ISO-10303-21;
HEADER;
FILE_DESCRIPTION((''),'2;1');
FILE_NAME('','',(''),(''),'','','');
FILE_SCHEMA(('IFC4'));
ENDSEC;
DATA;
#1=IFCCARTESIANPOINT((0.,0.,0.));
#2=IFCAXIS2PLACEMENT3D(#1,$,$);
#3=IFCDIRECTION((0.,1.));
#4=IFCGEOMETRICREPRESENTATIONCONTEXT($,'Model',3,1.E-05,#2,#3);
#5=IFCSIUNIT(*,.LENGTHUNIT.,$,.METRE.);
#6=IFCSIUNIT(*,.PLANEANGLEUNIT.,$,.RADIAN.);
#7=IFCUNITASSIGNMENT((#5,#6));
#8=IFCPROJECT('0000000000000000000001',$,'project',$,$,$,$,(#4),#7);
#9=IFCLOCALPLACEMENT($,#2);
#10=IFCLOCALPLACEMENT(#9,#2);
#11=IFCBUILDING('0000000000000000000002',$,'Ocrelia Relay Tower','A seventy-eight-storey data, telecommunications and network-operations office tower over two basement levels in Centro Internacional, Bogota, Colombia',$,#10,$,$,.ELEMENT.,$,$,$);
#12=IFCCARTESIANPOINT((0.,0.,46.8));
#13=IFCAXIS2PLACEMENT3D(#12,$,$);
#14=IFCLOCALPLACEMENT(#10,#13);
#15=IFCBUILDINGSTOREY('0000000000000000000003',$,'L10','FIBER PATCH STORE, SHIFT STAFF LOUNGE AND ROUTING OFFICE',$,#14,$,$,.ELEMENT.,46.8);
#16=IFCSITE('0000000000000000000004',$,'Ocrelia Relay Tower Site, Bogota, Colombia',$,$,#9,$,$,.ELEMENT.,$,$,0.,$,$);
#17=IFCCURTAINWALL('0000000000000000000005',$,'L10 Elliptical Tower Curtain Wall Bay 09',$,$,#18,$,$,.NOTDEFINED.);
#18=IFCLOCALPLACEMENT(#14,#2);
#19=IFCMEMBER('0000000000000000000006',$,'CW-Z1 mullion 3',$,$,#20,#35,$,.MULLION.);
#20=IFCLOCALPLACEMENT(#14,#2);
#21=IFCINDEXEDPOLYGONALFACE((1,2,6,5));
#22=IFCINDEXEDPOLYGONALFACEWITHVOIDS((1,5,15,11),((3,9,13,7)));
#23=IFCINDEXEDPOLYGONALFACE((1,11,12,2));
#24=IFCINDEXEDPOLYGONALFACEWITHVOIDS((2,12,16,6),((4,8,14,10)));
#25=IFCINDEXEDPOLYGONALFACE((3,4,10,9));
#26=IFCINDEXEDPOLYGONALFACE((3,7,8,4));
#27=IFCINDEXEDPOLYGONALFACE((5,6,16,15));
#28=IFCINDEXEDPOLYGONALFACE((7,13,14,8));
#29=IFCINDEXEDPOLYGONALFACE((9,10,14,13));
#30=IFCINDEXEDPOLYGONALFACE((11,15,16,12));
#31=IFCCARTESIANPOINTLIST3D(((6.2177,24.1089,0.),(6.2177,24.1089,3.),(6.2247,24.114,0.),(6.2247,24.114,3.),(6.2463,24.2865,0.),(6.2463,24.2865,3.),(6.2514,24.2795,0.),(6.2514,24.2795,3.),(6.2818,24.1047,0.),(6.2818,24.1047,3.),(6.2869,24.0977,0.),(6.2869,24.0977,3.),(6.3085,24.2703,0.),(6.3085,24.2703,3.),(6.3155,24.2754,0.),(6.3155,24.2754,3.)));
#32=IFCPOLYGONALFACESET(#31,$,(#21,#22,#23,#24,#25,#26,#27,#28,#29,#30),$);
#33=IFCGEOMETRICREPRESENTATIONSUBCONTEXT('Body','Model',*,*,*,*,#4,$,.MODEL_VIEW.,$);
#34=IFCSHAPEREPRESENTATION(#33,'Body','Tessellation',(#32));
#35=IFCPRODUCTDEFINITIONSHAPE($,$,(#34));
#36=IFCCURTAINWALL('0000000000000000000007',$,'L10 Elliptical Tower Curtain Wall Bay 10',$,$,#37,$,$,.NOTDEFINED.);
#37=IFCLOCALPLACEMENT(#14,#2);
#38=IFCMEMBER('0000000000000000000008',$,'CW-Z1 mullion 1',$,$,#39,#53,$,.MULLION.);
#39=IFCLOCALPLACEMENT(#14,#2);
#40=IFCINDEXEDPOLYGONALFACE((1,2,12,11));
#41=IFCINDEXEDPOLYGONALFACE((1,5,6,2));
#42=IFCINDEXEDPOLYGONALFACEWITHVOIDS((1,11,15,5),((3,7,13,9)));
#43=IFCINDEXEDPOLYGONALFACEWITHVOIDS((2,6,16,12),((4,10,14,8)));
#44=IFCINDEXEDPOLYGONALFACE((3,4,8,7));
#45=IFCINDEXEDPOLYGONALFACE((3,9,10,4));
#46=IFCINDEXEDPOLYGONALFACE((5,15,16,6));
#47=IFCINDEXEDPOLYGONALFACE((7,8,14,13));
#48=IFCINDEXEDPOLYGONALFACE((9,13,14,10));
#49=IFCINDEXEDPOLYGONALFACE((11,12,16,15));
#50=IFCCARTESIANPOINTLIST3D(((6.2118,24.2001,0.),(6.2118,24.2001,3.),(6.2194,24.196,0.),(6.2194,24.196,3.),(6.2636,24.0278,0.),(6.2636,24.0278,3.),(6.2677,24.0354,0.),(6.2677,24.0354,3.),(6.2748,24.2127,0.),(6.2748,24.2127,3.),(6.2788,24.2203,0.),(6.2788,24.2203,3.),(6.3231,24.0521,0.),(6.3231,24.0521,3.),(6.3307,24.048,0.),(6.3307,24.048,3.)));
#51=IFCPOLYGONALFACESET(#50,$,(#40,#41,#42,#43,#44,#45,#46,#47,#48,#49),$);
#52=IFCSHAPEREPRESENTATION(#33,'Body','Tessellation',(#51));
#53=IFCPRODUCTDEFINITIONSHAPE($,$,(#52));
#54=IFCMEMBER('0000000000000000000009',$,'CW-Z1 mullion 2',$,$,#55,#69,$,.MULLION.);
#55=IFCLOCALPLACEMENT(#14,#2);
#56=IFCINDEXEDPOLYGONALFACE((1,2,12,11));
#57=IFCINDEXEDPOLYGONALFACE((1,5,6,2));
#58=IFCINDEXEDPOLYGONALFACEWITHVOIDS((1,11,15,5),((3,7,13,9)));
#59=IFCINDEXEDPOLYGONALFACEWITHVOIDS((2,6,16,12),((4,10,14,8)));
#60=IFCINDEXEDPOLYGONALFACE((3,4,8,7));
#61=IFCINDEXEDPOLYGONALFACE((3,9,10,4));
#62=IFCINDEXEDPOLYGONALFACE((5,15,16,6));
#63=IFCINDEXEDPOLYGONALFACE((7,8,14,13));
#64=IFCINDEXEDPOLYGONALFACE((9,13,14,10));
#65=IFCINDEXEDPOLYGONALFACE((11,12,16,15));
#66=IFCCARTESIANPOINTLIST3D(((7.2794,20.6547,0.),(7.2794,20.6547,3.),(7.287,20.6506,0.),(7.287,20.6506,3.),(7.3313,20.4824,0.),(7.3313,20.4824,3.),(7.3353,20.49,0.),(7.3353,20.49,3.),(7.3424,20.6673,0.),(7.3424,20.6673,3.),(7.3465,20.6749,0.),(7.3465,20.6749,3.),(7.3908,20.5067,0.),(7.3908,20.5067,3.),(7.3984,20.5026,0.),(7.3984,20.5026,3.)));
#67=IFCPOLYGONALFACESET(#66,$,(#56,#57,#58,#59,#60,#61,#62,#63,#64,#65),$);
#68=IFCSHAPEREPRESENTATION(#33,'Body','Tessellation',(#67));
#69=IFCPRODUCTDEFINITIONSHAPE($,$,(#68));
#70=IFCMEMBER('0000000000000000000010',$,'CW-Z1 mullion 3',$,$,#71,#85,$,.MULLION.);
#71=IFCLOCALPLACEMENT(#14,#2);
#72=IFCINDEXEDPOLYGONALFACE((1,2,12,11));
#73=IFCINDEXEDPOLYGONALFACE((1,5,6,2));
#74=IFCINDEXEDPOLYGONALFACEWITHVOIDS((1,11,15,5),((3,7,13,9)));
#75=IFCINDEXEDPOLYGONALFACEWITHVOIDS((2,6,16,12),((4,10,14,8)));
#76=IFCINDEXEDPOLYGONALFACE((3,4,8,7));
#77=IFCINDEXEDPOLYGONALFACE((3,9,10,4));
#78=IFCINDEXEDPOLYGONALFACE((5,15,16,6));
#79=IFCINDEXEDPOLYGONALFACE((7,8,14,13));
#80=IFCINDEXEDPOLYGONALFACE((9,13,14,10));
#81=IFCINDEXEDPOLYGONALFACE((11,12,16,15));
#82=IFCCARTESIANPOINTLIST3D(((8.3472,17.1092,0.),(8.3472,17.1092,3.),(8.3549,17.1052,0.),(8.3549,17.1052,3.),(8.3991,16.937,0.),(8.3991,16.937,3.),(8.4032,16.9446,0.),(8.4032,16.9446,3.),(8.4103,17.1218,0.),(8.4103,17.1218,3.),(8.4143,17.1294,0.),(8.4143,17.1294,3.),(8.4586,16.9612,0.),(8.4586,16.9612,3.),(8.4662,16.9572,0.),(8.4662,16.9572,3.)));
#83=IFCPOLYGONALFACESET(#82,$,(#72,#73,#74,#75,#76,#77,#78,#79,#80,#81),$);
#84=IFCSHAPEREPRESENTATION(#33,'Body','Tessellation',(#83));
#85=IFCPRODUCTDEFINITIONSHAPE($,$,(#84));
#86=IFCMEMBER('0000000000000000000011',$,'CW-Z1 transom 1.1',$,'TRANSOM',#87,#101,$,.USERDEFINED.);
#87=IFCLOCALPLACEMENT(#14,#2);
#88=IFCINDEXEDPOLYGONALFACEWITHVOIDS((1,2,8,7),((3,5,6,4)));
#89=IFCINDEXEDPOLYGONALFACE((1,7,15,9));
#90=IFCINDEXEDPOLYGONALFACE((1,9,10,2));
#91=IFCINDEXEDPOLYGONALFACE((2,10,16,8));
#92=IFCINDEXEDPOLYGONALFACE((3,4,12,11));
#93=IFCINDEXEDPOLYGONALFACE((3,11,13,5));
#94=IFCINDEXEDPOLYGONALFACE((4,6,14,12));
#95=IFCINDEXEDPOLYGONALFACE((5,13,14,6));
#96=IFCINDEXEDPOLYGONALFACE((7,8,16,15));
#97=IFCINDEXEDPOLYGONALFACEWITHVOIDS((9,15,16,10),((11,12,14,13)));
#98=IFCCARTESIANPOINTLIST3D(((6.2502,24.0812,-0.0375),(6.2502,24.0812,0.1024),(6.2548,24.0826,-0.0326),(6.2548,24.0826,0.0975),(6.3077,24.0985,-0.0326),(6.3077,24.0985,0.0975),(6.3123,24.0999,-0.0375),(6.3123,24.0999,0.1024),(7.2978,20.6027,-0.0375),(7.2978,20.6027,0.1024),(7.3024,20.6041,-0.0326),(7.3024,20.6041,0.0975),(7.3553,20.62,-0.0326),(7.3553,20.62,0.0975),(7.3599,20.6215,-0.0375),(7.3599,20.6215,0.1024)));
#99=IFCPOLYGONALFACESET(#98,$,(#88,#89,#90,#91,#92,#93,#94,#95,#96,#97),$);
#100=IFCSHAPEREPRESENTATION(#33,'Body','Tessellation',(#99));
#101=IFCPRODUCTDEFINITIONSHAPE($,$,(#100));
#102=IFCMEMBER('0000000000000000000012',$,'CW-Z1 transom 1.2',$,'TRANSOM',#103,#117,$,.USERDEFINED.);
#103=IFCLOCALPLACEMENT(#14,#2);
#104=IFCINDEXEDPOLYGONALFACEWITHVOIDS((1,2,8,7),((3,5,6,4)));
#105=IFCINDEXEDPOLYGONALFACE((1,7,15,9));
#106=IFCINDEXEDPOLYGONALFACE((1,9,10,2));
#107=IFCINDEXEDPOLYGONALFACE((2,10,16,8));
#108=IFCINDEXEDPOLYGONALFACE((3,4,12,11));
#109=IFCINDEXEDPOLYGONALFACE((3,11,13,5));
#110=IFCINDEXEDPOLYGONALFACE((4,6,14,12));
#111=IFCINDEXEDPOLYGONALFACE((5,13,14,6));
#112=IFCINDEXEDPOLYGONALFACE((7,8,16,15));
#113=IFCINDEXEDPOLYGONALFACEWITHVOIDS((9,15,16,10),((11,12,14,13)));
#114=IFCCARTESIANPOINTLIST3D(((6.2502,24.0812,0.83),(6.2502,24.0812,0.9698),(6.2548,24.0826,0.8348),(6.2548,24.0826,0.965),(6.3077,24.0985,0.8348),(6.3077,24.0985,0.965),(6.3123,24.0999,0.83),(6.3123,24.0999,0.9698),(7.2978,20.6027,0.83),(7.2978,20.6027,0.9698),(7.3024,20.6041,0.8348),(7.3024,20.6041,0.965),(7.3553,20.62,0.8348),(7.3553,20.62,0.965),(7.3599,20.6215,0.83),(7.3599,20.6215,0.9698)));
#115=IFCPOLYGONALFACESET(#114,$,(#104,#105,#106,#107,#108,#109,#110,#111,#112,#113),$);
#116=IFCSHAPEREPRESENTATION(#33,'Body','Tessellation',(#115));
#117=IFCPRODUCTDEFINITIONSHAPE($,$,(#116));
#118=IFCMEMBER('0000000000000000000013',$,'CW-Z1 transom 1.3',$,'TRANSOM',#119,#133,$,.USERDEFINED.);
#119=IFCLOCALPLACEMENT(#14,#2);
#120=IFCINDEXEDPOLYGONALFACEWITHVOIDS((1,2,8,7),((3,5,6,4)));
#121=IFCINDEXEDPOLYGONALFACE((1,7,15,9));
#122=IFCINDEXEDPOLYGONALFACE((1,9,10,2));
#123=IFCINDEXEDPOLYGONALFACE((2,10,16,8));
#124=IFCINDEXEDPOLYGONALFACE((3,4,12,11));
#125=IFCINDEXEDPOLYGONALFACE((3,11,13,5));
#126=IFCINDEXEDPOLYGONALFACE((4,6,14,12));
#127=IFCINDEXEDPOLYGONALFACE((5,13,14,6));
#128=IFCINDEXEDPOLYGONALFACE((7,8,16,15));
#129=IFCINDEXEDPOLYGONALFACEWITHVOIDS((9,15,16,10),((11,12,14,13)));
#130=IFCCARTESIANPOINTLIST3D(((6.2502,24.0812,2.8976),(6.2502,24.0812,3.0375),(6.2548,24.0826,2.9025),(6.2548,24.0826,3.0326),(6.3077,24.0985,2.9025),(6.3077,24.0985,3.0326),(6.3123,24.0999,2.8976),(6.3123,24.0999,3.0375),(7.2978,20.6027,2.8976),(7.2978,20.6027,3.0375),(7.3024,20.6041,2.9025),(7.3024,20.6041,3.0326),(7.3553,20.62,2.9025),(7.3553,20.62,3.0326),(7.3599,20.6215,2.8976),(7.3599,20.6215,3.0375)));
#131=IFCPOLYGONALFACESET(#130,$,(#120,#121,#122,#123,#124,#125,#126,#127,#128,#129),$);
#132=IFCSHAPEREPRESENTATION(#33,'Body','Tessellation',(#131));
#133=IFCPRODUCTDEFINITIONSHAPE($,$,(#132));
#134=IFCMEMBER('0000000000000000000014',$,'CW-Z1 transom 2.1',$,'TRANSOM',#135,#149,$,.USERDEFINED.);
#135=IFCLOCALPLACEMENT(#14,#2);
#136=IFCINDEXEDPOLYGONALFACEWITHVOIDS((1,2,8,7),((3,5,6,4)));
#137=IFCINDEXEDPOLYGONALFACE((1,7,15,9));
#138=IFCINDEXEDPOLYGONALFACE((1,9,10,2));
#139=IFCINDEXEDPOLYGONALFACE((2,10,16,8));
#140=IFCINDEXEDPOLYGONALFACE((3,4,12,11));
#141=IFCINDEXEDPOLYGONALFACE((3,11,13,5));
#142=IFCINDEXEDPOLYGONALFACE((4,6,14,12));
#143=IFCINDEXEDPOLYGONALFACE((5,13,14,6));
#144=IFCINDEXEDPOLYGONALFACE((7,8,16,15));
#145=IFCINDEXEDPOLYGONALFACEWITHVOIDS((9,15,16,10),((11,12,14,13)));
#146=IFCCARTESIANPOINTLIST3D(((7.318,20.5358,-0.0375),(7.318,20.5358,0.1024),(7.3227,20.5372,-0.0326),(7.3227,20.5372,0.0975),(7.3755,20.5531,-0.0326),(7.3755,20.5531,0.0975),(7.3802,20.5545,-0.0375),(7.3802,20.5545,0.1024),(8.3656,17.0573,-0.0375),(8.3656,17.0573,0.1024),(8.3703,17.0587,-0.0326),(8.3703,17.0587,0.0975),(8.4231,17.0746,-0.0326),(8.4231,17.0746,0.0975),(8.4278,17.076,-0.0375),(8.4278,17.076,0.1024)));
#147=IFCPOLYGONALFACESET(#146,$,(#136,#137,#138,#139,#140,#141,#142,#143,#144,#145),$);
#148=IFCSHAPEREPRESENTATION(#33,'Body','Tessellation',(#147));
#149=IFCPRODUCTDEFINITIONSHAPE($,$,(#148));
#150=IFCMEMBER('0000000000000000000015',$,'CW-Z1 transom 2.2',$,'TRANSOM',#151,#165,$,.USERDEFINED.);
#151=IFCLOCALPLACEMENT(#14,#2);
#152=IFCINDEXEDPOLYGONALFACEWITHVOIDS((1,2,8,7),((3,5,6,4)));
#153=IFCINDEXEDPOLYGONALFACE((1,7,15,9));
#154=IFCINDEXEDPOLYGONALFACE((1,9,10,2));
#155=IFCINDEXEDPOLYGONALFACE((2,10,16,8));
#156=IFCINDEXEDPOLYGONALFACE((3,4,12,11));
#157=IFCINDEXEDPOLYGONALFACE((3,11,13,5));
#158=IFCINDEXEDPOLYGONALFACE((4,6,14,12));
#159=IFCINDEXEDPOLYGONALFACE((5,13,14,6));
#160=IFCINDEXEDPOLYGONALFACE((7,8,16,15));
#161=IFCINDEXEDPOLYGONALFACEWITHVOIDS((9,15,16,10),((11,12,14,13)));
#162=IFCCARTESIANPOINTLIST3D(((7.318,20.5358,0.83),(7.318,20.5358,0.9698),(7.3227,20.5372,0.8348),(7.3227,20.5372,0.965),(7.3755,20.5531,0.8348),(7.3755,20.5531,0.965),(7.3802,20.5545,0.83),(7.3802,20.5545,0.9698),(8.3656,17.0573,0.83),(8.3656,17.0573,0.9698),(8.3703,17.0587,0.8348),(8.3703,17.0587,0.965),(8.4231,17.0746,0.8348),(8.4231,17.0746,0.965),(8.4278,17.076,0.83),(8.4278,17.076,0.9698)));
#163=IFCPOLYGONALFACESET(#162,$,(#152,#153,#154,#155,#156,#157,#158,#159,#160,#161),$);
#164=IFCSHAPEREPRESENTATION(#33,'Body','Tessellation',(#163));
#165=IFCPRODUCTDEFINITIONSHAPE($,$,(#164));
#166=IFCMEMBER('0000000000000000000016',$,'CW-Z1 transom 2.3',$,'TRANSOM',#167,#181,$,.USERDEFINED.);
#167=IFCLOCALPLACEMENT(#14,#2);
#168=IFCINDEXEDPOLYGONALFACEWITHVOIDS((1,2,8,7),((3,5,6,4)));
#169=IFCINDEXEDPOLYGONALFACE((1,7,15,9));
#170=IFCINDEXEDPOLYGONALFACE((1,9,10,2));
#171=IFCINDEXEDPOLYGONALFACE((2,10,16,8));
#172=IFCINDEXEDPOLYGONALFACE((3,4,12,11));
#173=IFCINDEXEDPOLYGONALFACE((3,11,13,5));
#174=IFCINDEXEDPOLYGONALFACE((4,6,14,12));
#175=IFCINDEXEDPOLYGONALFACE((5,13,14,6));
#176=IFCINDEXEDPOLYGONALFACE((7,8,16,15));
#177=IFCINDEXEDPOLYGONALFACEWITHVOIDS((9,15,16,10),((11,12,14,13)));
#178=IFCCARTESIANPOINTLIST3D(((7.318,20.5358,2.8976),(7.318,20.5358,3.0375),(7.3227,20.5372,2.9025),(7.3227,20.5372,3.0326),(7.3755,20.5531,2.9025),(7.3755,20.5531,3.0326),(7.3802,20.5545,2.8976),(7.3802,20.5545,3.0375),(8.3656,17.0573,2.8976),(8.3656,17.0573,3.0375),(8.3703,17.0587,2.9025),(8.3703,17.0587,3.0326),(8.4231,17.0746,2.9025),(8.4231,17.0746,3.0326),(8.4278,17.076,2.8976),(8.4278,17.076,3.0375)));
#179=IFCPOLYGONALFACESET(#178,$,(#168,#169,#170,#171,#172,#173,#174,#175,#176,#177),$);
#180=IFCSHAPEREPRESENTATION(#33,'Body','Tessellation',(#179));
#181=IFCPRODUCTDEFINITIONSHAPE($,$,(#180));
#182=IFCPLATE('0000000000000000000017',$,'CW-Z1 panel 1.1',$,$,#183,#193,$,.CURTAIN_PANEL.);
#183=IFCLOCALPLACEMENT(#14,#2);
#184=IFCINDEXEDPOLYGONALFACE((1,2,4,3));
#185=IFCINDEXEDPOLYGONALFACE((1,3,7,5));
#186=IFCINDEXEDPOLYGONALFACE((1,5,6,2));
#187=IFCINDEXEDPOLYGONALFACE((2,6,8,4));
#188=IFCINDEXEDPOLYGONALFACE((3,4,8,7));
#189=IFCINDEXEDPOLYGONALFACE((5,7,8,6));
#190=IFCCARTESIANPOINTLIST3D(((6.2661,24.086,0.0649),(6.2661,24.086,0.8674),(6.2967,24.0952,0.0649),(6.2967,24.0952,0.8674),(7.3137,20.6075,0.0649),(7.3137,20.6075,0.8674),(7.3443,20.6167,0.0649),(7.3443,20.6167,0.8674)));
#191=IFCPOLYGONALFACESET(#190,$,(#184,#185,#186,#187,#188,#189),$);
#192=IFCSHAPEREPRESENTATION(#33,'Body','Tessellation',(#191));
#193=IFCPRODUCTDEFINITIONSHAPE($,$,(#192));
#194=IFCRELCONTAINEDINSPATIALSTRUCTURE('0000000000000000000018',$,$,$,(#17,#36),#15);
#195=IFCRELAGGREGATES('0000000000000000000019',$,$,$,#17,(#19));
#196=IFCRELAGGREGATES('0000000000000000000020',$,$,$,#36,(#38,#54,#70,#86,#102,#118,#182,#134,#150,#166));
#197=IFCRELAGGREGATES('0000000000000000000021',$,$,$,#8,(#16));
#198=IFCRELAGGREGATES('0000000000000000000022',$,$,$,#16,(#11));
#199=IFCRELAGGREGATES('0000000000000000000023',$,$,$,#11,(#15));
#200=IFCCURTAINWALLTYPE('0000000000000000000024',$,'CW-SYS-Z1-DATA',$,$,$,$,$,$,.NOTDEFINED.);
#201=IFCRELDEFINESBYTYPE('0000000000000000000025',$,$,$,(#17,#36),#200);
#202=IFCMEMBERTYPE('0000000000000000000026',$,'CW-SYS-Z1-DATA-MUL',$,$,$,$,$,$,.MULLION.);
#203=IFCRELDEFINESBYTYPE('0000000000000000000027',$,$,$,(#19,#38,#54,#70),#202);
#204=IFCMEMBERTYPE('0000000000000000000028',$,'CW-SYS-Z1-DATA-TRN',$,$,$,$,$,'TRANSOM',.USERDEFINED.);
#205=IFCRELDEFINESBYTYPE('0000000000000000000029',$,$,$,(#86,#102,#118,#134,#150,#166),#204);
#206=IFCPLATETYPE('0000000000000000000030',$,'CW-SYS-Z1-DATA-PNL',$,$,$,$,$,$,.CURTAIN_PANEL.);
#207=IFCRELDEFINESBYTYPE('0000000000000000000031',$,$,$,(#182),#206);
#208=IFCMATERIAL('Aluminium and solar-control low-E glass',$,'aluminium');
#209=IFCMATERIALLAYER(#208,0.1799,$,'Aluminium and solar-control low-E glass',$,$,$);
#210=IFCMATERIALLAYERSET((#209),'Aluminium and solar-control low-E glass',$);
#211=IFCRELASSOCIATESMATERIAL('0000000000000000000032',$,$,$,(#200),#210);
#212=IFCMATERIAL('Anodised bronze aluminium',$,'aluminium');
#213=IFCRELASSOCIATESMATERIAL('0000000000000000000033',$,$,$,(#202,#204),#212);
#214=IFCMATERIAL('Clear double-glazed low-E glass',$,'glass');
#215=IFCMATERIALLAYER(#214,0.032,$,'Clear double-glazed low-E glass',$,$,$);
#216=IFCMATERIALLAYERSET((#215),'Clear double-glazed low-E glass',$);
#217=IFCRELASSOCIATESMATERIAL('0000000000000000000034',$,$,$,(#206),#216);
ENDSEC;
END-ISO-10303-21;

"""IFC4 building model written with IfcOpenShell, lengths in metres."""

from ifc_helpers import new_model, si_unit, direction, frame, origin, origin_2d, place, context, subcontext, project, spatial, rectangle, hollow_rectangle, extrude, material, layer, layer_set, material_profile, profile_set, type_object, element, aggregate, save


model = new_model("IFC4")

# Units and contexts
model_context = context("Model", 3, precision=1e-05, world=origin(), true_north=direction((0.0, 1.0)))
body_context = subcontext(model_context, "Body", "Model", "MODEL_VIEW")
ifc_project = project(units=[si_unit("LENGTHUNIT", "METRE"), si_unit("PLANEANGLEUNIT", "RADIAN")], contexts=[model_context])

# Site, building, storey
site_placement = place(None, origin())
site = spatial("IfcSite", under=ifc_project, at=site_placement, Name="Ocrelia Relay Tower Site, Bogota, Colombia", CompositionType="ELEMENT", RefElevation=0.0)
building_placement = place(site_placement, origin())
building = spatial("IfcBuilding", under=site, at=building_placement, Name="Ocrelia Relay Tower", Description="A seventy-eight-storey data, telecommunications and network-operations office tower over two basement levels in Centro Internacional, Bogota, Colombia", CompositionType="ELEMENT")
storey_placement = place(building_placement, frame((0.0, 0.0, 46.8)))
storey = spatial("IfcBuildingStorey", under=building, at=storey_placement, Name="L10", Description="FIBER PATCH STORE, SHIFT STAFF LOUNGE AND ROUTING OFFICE", CompositionType="ELEMENT", Elevation=46.8)

# Curtain wall, member
ifc_material_1 = material(Name="Aluminium and solar-control low-E glass", Category="aluminium")
ifc_layer_1 = layer(ifc_material_1, 0.1799, Name="Aluminium and solar-control low-E glass")
ifc_layer_set_1 = layer_set([ifc_layer_1], Name="Aluminium and solar-control low-E glass")
curtain_wall_type = type_object("IfcCurtainWallType", Name="CW-SYS-Z1-DATA", PredefinedType="NOTDEFINED", material=ifc_layer_set_1)
curtain_wall_1_placement = place(storey_placement, origin())
curtain_wall_1 = element("IfcCurtainWall", 1, at=curtain_wall_1_placement, inside=storey, type_object=curtain_wall_type, Name="L10 Elliptical Tower Curtain Wall Bay 09", PredefinedType="NOTDEFINED")
ifc_material_2 = material(Name="Anodised bronze aluminium", Category="aluminium")
ifc_material_profile_1 = material_profile(ifc_material_2, hollow_rectangle(XDim=0.0701, YDim=0.1799, WallThickness=0.0061, at=origin_2d()), Name="CW-MUL-180x70")
ifc_profile_set_1 = profile_set([ifc_material_profile_1], Name="Anodised bronze aluminium")
member_type_1 = type_object("IfcMemberType", Name="CW-SYS-Z1-DATA-MUL", PredefinedType="MULLION", material=ifc_profile_set_1)
member_1_placement = place(storey_placement, frame((6.2666, 24.1921, 0.0), z_axis=(0.0, 0.0, 1.0), x_axis=(0.987246, -0.159201, 0.0)))
member_1 = element("IfcMember", 2, at=member_1_placement, type_object=member_type_1, Name="CW-Z1 mullion 3", PredefinedType="MULLION", context=body_context, shape_type="SweptSolid", body=[
    extrude(hollow_rectangle(XDim=0.0701, YDim=0.1799, WallThickness=0.0061, at=origin_2d()), origin(), (0.0, 0.0, 1.0), 3.0),
])
aggregate(curtain_wall_1, [member_1])

# Curtain wall, members, plate
curtain_wall_2_placement = place(storey_placement, origin())
curtain_wall_2 = element("IfcCurtainWall", 3, at=curtain_wall_2_placement, inside=storey, type_object=curtain_wall_type, Name="L10 Elliptical Tower Curtain Wall Bay 10", PredefinedType="NOTDEFINED")
member_2_placement = place(storey_placement, frame((6.2712, 24.124, 0.0), z_axis=(0.0, 0.0, 1.0), x_axis=(0.957519, 0.28837, 0.0)))
member_2 = element("IfcMember", 4, at=member_2_placement, type_object=member_type_1, Name="CW-Z1 mullion 1", PredefinedType="MULLION", context=body_context, shape_type="SweptSolid", body=[
    extrude(hollow_rectangle(XDim=0.0701, YDim=0.1799, WallThickness=0.0061, at=origin_2d()), origin(), (0.0, 0.0, 1.0), 3.0),
])
member_3_placement = place(storey_placement, frame((7.3389, 20.5786, 0.0), z_axis=(0.0, 0.0, 1.0), x_axis=(0.957519, 0.28837, 0.0)))
member_3 = element("IfcMember", 5, at=member_3_placement, type_object=member_type_1, Name="CW-Z1 mullion 2", PredefinedType="MULLION", context=body_context, shape_type="SweptSolid", body=[
    extrude(hollow_rectangle(XDim=0.0701, YDim=0.1799, WallThickness=0.0061, at=origin_2d()), origin(), (0.0, 0.0, 1.0), 3.0),
])
member_4_placement = place(storey_placement, frame((8.4067, 17.0332, 0.0), z_axis=(0.0, 0.0, 1.0), x_axis=(0.957519, 0.28837, 0.0)))
member_4 = element("IfcMember", 6, at=member_4_placement, type_object=member_type_1, Name="CW-Z1 mullion 3", PredefinedType="MULLION", context=body_context, shape_type="SweptSolid", body=[
    extrude(hollow_rectangle(XDim=0.0701, YDim=0.1799, WallThickness=0.0061, at=origin_2d()), origin(), (0.0, 0.0, 1.0), 3.0),
])
ifc_material_profile_2 = material_profile(ifc_material_2, hollow_rectangle(XDim=0.0649, YDim=0.1399, WallThickness=0.0049, at=origin_2d()), Name="CW-TRN-140x65")
ifc_profile_set_2 = profile_set([ifc_material_profile_2], Name="Anodised bronze aluminium")
member_type_2 = type_object("IfcMemberType", Name="CW-SYS-Z1-DATA-TRN", ElementType="TRANSOM", PredefinedType="USERDEFINED", material=ifc_profile_set_2)
member_5_placement = place(storey_placement, frame((6.2812, 24.0906, 0.0325), z_axis=(0.288371, -0.957519, 0.0), x_axis=(0.957519, 0.288371, 0.0)))
member_5 = element("IfcMember", 7, at=member_5_placement, type_object=member_type_2, Name="CW-Z1 transom 1.1", ObjectType="TRANSOM", PredefinedType="USERDEFINED", context=body_context, shape_type="SweptSolid", body=[
    extrude(hollow_rectangle(XDim=0.0649, YDim=0.1399, WallThickness=0.0049, at=origin_2d()), origin(), (0.0, 0.0, 1.0), 3.6328),
])
member_6_placement = place(storey_placement, frame((6.2812, 24.0906, 0.8999), z_axis=(0.288371, -0.957519, 0.0), x_axis=(0.957519, 0.288371, 0.0)))
member_6 = element("IfcMember", 8, at=member_6_placement, type_object=member_type_2, Name="CW-Z1 transom 1.2", ObjectType="TRANSOM", PredefinedType="USERDEFINED", context=body_context, shape_type="SweptSolid", body=[
    extrude(hollow_rectangle(XDim=0.0649, YDim=0.1399, WallThickness=0.0049, at=origin_2d()), origin(), (0.0, 0.0, 1.0), 3.6328),
])
member_7_placement = place(storey_placement, frame((6.2812, 24.0906, 2.9675), z_axis=(0.288371, -0.957519, 0.0), x_axis=(0.957519, 0.288371, 0.0)))
member_7 = element("IfcMember", 9, at=member_7_placement, type_object=member_type_2, Name="CW-Z1 transom 1.3", ObjectType="TRANSOM", PredefinedType="USERDEFINED", context=body_context, shape_type="SweptSolid", body=[
    extrude(hollow_rectangle(XDim=0.0649, YDim=0.1399, WallThickness=0.0049, at=origin_2d()), origin(), (0.0, 0.0, 1.0), 3.6328),
])
member_8_placement = place(storey_placement, frame((7.3491, 20.5452, 0.0325), z_axis=(0.288371, -0.957519, 0.0), x_axis=(0.957519, 0.288371, 0.0)))
member_8 = element("IfcMember", 10, at=member_8_placement, type_object=member_type_2, Name="CW-Z1 transom 2.1", ObjectType="TRANSOM", PredefinedType="USERDEFINED", context=body_context, shape_type="SweptSolid", body=[
    extrude(hollow_rectangle(XDim=0.0649, YDim=0.1399, WallThickness=0.0049, at=origin_2d()), origin(), (0.0, 0.0, 1.0), 3.6328),
])
member_9_placement = place(storey_placement, frame((7.3491, 20.5452, 0.8999), z_axis=(0.288371, -0.957519, 0.0), x_axis=(0.957519, 0.288371, 0.0)))
member_9 = element("IfcMember", 11, at=member_9_placement, type_object=member_type_2, Name="CW-Z1 transom 2.2", ObjectType="TRANSOM", PredefinedType="USERDEFINED", context=body_context, shape_type="SweptSolid", body=[
    extrude(hollow_rectangle(XDim=0.0649, YDim=0.1399, WallThickness=0.0049, at=origin_2d()), origin(), (0.0, 0.0, 1.0), 3.6328),
])
member_10_placement = place(storey_placement, frame((7.3491, 20.5452, 2.9675), z_axis=(0.288371, -0.957519, 0.0), x_axis=(0.957519, 0.288371, 0.0)))
member_10 = element("IfcMember", 12, at=member_10_placement, type_object=member_type_2, Name="CW-Z1 transom 2.3", ObjectType="TRANSOM", PredefinedType="USERDEFINED", context=body_context, shape_type="SweptSolid", body=[
    extrude(hollow_rectangle(XDim=0.0649, YDim=0.1399, WallThickness=0.0049, at=origin_2d()), origin(), (0.0, 0.0, 1.0), 3.6328),
])
ifc_material_3 = material(Name="Clear double-glazed low-E glass", Category="glass")
ifc_layer_2 = layer(ifc_material_3, 0.032, Name="Clear double-glazed low-E glass")
ifc_layer_set_2 = layer_set([ifc_layer_2], Name="Clear double-glazed low-E glass")
plate_type = type_object("IfcPlateType", Name="CW-SYS-Z1-DATA-PNL", PredefinedType="CURTAIN_PANEL", material=ifc_layer_set_2)
plate_1_placement = place(storey_placement, frame((6.8052, 22.3513, 0.0649), z_axis=(0.0, 0.0, 1.0), x_axis=(0.28837, -0.957519, 0.0)))
plate_1 = element("IfcPlate", 13, at=plate_1_placement, type_object=plate_type, Name="CW-Z1 panel 1.1", PredefinedType="CURTAIN_PANEL", context=body_context, shape_type="SweptSolid", body=[
    extrude(rectangle(XDim=3.6328, YDim=0.032, at=origin_2d()), origin(), (0.0, 0.0, 1.0), 0.8025),
])
aggregate(curtain_wall_2, [member_2, member_3, member_4, member_5, member_6, member_7, plate_1, member_8, member_9, member_10])

save(model, "model.ifc")
